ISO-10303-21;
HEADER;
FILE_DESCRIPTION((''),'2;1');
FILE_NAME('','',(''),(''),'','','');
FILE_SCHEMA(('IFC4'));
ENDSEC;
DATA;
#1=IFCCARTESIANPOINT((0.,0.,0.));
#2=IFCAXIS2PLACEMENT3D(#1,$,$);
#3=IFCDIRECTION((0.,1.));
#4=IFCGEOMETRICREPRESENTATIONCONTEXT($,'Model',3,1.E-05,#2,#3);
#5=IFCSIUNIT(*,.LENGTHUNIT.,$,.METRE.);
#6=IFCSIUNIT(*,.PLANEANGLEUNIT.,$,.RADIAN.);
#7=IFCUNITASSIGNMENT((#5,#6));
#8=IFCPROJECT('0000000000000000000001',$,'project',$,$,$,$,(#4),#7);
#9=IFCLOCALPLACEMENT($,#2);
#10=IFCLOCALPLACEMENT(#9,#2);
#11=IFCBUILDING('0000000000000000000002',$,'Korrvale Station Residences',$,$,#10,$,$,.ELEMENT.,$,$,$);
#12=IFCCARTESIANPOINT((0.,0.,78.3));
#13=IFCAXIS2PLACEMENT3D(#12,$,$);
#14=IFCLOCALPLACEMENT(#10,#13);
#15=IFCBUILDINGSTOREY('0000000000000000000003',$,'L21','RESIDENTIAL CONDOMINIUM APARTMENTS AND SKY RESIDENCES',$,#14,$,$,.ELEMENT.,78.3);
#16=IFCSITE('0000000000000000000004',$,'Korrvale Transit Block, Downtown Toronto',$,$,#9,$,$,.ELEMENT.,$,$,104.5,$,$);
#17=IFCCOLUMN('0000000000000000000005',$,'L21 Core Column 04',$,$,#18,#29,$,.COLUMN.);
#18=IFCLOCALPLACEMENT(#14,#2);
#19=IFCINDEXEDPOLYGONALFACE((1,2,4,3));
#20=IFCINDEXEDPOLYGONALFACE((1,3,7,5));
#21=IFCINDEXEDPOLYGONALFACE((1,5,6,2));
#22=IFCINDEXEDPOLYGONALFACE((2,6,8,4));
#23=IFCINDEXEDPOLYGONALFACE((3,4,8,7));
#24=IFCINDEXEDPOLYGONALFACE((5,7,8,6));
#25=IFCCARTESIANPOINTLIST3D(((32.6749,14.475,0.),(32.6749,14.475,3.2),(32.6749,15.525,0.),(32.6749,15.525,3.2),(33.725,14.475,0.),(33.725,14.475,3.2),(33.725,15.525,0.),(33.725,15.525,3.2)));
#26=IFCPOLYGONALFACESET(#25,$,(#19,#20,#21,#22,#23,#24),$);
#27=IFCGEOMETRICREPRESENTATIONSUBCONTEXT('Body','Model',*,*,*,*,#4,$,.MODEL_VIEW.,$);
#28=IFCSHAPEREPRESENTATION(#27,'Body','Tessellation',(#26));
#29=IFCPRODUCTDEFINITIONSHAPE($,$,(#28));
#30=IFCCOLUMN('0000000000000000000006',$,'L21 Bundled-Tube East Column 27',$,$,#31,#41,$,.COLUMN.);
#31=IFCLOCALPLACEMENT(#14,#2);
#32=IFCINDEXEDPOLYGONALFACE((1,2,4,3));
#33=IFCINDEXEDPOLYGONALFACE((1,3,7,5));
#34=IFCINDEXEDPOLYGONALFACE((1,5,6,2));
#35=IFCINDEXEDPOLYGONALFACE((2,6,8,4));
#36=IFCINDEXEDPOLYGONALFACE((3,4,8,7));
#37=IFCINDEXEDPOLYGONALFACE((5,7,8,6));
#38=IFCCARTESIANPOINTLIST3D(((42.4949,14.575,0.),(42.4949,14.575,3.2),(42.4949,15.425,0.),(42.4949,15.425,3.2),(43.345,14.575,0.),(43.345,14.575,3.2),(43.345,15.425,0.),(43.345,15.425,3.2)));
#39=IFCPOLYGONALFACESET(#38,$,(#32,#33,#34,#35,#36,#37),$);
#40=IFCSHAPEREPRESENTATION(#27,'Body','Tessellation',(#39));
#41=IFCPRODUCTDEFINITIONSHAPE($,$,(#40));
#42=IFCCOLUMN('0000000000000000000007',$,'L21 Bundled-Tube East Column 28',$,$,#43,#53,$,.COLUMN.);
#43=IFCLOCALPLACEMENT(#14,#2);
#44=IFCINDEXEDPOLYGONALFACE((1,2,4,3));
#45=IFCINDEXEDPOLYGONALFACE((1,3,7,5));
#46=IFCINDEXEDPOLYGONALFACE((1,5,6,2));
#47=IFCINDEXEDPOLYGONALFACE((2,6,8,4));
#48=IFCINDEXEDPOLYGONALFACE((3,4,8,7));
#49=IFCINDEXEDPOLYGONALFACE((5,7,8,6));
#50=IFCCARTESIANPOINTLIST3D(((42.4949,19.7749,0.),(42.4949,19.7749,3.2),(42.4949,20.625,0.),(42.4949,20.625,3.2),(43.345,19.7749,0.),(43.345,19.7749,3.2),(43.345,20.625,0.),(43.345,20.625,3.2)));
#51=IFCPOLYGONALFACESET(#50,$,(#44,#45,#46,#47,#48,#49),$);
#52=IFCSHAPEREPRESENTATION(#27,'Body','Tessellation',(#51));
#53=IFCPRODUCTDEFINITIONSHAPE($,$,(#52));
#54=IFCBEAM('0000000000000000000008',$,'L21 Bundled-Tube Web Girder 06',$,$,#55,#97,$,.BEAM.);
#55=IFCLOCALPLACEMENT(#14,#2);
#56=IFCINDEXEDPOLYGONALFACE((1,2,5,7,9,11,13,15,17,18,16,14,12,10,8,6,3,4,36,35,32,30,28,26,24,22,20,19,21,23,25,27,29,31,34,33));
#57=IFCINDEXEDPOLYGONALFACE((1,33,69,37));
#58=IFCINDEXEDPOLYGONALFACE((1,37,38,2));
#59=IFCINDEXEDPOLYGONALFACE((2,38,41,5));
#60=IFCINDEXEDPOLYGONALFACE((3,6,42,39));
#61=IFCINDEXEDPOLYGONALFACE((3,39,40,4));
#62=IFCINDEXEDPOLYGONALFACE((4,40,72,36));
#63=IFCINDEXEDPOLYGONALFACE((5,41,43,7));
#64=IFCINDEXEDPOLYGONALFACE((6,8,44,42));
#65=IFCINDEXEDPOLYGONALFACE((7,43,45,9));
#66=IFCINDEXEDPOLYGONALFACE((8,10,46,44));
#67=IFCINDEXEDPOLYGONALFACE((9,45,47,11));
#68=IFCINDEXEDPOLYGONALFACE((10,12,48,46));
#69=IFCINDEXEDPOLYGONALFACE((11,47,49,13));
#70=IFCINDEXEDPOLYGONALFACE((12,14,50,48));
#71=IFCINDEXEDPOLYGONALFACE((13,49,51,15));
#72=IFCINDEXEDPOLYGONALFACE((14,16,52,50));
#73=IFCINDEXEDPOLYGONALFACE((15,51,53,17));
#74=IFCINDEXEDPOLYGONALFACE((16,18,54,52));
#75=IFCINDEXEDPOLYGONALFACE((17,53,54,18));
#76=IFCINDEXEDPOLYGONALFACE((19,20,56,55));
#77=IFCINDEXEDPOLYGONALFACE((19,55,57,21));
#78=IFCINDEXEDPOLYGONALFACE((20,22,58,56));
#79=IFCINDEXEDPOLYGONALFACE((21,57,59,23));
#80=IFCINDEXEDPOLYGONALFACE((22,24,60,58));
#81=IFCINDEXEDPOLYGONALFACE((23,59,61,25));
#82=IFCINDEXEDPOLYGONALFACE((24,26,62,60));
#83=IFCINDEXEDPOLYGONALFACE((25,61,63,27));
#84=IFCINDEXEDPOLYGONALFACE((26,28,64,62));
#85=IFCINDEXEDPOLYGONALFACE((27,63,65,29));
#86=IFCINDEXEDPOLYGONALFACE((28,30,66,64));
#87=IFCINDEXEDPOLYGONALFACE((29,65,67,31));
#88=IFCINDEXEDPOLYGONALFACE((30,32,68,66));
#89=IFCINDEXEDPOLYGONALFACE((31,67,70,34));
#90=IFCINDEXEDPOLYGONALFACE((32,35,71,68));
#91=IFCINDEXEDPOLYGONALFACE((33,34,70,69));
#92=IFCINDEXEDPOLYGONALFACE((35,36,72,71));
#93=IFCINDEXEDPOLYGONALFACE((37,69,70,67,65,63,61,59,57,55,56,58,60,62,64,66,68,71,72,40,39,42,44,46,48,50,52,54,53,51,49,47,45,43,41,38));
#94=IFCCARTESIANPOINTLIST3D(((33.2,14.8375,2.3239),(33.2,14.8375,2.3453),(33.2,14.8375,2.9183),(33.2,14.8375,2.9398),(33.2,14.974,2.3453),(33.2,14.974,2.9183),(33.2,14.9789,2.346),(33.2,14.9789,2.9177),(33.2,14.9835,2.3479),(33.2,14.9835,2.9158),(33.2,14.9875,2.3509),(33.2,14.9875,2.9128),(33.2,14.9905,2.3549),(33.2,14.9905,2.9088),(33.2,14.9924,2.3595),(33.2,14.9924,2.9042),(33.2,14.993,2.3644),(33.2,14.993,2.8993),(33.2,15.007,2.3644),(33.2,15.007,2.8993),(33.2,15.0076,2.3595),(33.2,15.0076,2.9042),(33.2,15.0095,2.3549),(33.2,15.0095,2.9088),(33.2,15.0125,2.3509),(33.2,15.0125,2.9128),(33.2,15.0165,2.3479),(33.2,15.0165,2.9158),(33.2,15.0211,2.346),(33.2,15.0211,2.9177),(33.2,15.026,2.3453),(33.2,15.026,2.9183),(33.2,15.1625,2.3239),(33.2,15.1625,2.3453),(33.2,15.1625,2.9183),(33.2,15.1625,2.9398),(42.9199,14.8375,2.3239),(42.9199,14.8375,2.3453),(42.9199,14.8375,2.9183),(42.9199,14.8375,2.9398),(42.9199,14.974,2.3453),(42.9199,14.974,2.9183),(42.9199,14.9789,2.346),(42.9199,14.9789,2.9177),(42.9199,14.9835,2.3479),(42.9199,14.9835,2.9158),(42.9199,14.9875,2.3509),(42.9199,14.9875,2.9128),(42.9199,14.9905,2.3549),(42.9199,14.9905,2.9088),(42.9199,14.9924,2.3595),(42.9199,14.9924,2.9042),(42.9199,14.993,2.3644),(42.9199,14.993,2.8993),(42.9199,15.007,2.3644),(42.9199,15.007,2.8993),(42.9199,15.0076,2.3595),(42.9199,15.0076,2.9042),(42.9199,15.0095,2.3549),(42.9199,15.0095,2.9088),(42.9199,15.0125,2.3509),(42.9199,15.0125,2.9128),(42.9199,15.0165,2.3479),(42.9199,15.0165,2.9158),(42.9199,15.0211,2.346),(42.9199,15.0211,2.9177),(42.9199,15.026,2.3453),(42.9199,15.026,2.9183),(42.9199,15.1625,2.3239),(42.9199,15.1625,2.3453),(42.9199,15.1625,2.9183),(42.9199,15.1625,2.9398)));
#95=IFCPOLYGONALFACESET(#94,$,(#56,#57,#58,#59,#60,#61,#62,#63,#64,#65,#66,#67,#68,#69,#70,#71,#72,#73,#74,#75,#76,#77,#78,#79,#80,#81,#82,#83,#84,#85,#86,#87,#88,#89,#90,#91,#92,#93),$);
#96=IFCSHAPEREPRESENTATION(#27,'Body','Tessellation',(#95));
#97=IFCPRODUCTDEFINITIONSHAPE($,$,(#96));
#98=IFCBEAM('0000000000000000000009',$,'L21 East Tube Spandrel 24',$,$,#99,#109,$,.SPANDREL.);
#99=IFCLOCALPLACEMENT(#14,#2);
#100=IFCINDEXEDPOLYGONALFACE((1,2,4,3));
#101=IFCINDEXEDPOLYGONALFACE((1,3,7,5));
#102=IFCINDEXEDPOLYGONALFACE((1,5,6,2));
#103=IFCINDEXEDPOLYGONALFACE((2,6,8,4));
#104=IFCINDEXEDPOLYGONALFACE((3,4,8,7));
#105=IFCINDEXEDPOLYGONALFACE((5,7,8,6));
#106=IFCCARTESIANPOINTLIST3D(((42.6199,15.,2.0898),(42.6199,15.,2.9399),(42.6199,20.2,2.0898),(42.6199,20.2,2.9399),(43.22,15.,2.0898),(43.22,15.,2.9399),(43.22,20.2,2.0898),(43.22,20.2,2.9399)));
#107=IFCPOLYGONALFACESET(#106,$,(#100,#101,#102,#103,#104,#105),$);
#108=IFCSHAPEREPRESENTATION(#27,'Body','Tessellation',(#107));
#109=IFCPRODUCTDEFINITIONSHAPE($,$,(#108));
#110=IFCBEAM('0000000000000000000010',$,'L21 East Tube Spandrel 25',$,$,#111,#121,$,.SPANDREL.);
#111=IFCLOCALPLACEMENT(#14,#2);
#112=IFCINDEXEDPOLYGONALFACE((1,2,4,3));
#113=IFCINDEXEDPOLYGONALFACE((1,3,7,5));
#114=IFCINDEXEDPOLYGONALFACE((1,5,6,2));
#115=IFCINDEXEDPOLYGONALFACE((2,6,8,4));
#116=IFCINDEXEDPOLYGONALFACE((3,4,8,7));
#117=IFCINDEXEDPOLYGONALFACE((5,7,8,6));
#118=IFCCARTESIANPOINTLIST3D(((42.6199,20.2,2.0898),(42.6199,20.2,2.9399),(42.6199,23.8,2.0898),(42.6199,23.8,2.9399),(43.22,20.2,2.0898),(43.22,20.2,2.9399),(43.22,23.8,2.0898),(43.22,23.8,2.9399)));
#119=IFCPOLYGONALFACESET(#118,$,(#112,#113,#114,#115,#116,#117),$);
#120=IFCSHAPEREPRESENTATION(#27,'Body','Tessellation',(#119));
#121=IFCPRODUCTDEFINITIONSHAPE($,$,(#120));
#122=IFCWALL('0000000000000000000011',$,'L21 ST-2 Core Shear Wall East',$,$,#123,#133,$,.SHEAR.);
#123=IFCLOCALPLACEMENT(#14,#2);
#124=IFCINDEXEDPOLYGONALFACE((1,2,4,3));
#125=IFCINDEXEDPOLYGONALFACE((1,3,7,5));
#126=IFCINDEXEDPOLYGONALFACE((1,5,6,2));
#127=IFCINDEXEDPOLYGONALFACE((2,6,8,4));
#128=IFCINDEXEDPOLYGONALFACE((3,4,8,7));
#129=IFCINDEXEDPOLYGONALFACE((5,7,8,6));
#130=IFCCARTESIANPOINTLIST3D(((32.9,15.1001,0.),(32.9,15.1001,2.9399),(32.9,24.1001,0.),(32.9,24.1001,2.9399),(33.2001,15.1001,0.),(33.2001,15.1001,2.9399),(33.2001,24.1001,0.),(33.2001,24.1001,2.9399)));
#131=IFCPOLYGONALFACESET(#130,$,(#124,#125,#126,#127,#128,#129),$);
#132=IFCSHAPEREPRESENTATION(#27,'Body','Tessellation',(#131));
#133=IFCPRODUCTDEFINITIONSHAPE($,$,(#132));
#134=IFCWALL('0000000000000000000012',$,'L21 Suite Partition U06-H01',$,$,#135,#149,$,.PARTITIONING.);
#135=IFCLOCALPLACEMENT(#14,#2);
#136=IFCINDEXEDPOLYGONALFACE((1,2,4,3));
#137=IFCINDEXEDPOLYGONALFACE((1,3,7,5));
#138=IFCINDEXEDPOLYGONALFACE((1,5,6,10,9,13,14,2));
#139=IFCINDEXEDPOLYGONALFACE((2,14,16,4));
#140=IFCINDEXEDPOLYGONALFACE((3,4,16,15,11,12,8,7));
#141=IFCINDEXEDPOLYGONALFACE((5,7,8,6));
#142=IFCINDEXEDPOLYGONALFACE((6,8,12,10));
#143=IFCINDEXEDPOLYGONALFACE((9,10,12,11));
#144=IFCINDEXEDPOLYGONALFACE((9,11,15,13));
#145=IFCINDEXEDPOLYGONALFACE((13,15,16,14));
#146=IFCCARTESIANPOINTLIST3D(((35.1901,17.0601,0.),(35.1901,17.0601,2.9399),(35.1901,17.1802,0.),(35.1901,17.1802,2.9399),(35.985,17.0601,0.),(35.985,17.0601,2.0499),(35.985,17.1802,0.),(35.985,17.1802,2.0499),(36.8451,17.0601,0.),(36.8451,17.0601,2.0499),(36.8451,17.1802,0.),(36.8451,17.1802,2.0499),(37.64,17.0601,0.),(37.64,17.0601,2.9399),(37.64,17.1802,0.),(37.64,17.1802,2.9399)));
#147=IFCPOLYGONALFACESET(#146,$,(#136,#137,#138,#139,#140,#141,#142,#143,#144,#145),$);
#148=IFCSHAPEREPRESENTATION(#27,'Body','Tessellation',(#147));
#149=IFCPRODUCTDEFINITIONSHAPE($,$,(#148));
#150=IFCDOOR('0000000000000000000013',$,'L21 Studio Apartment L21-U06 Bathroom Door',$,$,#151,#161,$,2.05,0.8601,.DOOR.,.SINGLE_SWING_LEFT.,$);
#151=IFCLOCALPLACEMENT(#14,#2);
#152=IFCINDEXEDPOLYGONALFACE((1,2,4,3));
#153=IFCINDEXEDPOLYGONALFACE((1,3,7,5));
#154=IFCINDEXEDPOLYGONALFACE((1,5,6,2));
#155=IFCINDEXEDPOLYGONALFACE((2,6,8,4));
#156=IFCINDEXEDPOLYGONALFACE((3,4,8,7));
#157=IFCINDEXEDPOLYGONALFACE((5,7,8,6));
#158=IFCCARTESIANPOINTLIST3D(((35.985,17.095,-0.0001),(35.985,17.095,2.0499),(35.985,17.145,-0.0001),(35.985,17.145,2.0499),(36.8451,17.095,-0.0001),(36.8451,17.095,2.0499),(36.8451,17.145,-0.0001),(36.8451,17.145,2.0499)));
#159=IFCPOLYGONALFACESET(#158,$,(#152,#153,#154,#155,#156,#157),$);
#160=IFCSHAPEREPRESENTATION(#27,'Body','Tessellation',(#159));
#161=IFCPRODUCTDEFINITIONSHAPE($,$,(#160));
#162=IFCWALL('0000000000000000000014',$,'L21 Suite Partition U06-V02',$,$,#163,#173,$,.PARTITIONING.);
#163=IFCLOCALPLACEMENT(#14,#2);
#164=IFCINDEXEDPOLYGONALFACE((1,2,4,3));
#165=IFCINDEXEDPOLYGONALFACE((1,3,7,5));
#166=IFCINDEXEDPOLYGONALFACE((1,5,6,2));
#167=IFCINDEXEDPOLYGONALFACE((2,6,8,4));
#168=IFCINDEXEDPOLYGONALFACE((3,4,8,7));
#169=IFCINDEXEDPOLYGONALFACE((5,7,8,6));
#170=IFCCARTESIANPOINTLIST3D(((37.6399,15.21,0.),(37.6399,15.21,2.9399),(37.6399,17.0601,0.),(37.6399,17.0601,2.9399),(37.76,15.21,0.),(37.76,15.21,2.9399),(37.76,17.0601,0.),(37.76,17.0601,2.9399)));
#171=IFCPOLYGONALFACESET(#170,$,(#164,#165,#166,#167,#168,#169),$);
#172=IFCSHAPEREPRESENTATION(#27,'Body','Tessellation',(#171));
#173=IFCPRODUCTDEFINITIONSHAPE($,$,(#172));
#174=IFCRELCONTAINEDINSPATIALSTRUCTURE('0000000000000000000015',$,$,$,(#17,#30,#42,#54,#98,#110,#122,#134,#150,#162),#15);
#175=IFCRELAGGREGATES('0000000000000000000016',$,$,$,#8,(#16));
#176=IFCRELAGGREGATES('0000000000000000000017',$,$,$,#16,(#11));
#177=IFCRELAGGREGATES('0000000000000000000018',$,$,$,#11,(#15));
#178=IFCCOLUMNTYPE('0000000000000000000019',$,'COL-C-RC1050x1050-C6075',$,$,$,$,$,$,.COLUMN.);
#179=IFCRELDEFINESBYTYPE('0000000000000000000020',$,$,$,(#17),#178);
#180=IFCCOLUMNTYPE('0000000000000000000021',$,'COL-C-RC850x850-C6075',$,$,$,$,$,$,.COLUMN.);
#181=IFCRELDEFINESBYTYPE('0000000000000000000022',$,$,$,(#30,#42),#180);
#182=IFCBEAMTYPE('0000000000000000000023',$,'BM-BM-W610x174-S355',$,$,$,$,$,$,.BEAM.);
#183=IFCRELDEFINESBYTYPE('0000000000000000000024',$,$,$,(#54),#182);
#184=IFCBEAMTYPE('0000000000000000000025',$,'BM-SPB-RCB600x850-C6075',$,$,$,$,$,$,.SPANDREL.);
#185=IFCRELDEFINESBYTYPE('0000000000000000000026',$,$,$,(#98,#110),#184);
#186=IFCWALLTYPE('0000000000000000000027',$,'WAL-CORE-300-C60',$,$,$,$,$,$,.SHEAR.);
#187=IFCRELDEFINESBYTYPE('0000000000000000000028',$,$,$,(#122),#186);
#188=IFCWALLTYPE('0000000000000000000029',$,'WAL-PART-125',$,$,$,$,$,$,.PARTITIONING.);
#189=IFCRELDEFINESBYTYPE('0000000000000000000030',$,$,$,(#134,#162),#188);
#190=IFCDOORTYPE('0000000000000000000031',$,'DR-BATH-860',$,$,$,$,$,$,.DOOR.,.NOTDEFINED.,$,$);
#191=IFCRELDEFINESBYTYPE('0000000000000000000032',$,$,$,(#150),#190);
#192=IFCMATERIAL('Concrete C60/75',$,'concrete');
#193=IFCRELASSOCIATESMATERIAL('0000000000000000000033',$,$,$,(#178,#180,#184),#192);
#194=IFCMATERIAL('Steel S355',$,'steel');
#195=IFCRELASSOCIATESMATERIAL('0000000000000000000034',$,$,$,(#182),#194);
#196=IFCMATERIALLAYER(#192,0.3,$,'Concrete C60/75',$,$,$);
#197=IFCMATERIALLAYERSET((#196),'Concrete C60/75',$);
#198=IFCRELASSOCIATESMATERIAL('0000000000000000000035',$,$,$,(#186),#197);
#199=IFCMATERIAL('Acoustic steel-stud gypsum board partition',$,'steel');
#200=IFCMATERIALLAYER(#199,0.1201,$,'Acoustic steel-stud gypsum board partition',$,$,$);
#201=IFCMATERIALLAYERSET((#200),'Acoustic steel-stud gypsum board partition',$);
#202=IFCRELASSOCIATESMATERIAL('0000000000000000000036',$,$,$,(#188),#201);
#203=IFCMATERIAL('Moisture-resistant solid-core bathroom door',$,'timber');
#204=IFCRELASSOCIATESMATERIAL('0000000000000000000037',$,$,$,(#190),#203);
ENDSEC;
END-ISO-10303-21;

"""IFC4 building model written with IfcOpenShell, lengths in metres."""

from ifc_helpers import new_model, si_unit, direction, frame, frame_2d, origin, origin_2d, place, context, subcontext, project, spatial, rectangle, i_section, extrude, material, layer, layer_set, material_profile, profile_set, type_object, element, fill, save


model = new_model("IFC4")

# Units and contexts
model_context = context("Model", 3, precision=1e-05, world=origin(), true_north=direction((0.0, 1.0)))
body_context = subcontext(model_context, "Body", "Model", "MODEL_VIEW")
ifc_project = project(units=[si_unit("LENGTHUNIT", "METRE"), si_unit("PLANEANGLEUNIT", "RADIAN")], contexts=[model_context])

# Site, building, storey
site_placement = place(None, origin())
site = spatial("IfcSite", under=ifc_project, at=site_placement, Name="Korrvale Transit Block, Downtown Toronto", CompositionType="ELEMENT", RefElevation=104.5)
building_placement = place(site_placement, origin())
building = spatial("IfcBuilding", under=site, at=building_placement, Name="Korrvale Station Residences", CompositionType="ELEMENT")
storey_placement = place(building_placement, frame((0.0, 0.0, 78.3)))
storey = spatial("IfcBuildingStorey", under=building, at=storey_placement, Name="L21", Description="RESIDENTIAL CONDOMINIUM APARTMENTS AND SKY RESIDENCES", CompositionType="ELEMENT", Elevation=78.3)

# Columns
ifc_material_1 = material(Name="Concrete C60/75", Category="concrete")
ifc_material_profile_1 = material_profile(ifc_material_1, rectangle(XDim=1.05, YDim=1.05, at=origin_2d()), Name="RC1050x1050")
ifc_profile_set_1 = profile_set([ifc_material_profile_1], Name="Concrete C60/75")
column_type_1 = type_object("IfcColumnType", Name="COL-C-RC1050x1050-C6075", PredefinedType="COLUMN", material=ifc_profile_set_1)
column_placement = place(storey_placement, frame((33.2, 15.0, 0.0), z_axis=(0.0, 0.0, 1.0), x_axis=(1.0, 0.0, 0.0)))
element("IfcColumn", 1, at=column_placement, inside=storey, type_object=column_type_1, Name="L21 Core Column 04", PredefinedType="COLUMN", context=body_context, shape_type="SweptSolid", body=[
    extrude(rectangle(XDim=1.05, YDim=1.05, at=origin_2d()), origin(), (0.0, 0.0, 1.0), 3.2),
])
ifc_material_profile_2 = material_profile(ifc_material_1, rectangle(XDim=0.8501, YDim=0.8501, at=origin_2d()), Name="RC850x850")
ifc_profile_set_2 = profile_set([ifc_material_profile_2], Name="Concrete C60/75")
column_type_2 = type_object("IfcColumnType", Name="COL-C-RC850x850-C6075", PredefinedType="COLUMN", material=ifc_profile_set_2)
for number, where, z_axis, x_axis, name in (
    (2, (42.9199, 15.0, 0.0), (0.0, 0.0, 1.0), (1.0, 0.0, 0.0), "L21 Bundled-Tube East Column 27"),
    (3, (42.9199, 20.2, 0.0), (0.0, 0.0, 1.0), (1.0, 0.0, 0.0), "L21 Bundled-Tube East Column 28"),
):
    element("IfcColumn", number, at=place(storey_placement, frame(where, z_axis=z_axis, x_axis=x_axis)), inside=storey, type_object=column_type_2, Name=name, PredefinedType="COLUMN", context=body_context, shape_type="SweptSolid", body=[
        extrude(rectangle(XDim=0.8501, YDim=0.8501, at=origin_2d()), origin(), (0.0, 0.0, 1.0), 3.2),
    ])

# Beams
ifc_material_2 = material(Name="Steel S355", Category="steel")
ifc_material_profile_3 = material_profile(ifc_material_2, i_section(OverallWidth=0.325, OverallDepth=0.616, WebThickness=0.0139, FlangeThickness=0.0215, FilletRadius=0.019, at=origin_2d()), Name="W610x174")
ifc_profile_set_3 = profile_set([ifc_material_profile_3], Name="Steel S355")
beam_type_1 = type_object("IfcBeamType", Name="BM-BM-W610x174-S355", PredefinedType="BEAM", material=ifc_profile_set_3)
beam_1_placement = place(storey_placement, frame((33.2, 15.0, 2.6318), z_axis=(1.0, 0.0, 0.0), x_axis=(0.0, 1.0, 0.0)))
element("IfcBeam", 4, at=beam_1_placement, inside=storey, type_object=beam_type_1, Name="L21 Bundled-Tube Web Girder 06", PredefinedType="BEAM", context=body_context, shape_type="SweptSolid", body=[
    extrude(i_section(OverallWidth=0.325, OverallDepth=0.616, WebThickness=0.0139, FlangeThickness=0.0215, FilletRadius=0.019, at=origin_2d()), origin(), (0.0, 0.0, 1.0), 9.72),
])
ifc_material_profile_4 = material_profile(ifc_material_1, rectangle(XDim=0.6001, YDim=0.8501, at=origin_2d()), Name="RCB600x850")
ifc_profile_set_4 = profile_set([ifc_material_profile_4], Name="Concrete C60/75")
beam_type_2 = type_object("IfcBeamType", Name="BM-SPB-RCB600x850-C6075", PredefinedType="SPANDREL", material=ifc_profile_set_4)
beam_2_placement = place(storey_placement, frame((42.9199, 15.0, 2.5149), z_axis=(0.0, 1.0, 0.0), x_axis=(-1.0, 0.0, 0.0)))
element("IfcBeam", 5, at=beam_2_placement, inside=storey, type_object=beam_type_2, Name="L21 East Tube Spandrel 24", PredefinedType="SPANDREL", context=body_context, shape_type="SweptSolid", body=[
    extrude(rectangle(XDim=0.6001, YDim=0.8501, at=origin_2d()), origin(), (0.0, 0.0, 1.0), 5.2),
])
beam_3_placement = place(storey_placement, frame((42.9199, 20.2, 2.5149), z_axis=(0.0, 1.0, 0.0), x_axis=(-1.0, 0.0, 0.0)))
element("IfcBeam", 6, at=beam_3_placement, inside=storey, type_object=beam_type_2, Name="L21 East Tube Spandrel 25", PredefinedType="SPANDREL", context=body_context, shape_type="SweptSolid", body=[
    extrude(rectangle(XDim=0.6001, YDim=0.8501, at=origin_2d()), origin(), (0.0, 0.0, 1.0), 3.6001),
])

# Wall
ifc_layer_1 = layer(ifc_material_1, 0.3, Name="Concrete C60/75")
ifc_layer_set_1 = layer_set([ifc_layer_1], Name="Concrete C60/75")
wall_type_1 = type_object("IfcWallType", Name="WAL-CORE-300-C60", PredefinedType="SHEAR", material=ifc_layer_set_1)
wall_1_placement = place(storey_placement, frame((33.05, 15.1001, 0.0), z_axis=(0.0, 0.0, 1.0), x_axis=(0.0, 1.0, 0.0)))
element("IfcWall", 7, at=wall_1_placement, inside=storey, type_object=wall_type_1, Name="L21 ST-2 Core Shear Wall East", PredefinedType="SHEAR", context=body_context, shape_type="SweptSolid", body=[
    extrude(rectangle(XDim=9.0, YDim=0.3, at=frame_2d((4.5, 0.0))), origin(), (0.0, 0.0, 1.0), 2.9399),
])

# Wall, opening, door
ifc_material_3 = material(Name="Acoustic steel-stud gypsum board partition", Category="steel")
ifc_layer_2 = layer(ifc_material_3, 0.1201, Name="Acoustic steel-stud gypsum board partition")
ifc_layer_set_2 = layer_set([ifc_layer_2], Name="Acoustic steel-stud gypsum board partition")
wall_type_2 = type_object("IfcWallType", Name="WAL-PART-125", PredefinedType="PARTITIONING", material=ifc_layer_set_2)
wall_2_placement = place(storey_placement, frame((35.1899, 17.1201, 0.0), z_axis=(0.0, 0.0, 1.0), x_axis=(1.0, 0.0, 0.0)))
wall_2 = element("IfcWall", 8, at=wall_2_placement, inside=storey, type_object=wall_type_2, Name="L21 Suite Partition U06-H01", PredefinedType="PARTITIONING", context=body_context, shape_type="SweptSolid", body=[
    extrude(rectangle(XDim=2.45, YDim=0.1201, at=frame_2d((1.2251, 0.0))), origin(), (0.0, 0.0, 1.0), 2.9399),
])
opening_1_placement = place(wall_2_placement, frame((0.7949, 0.0, 0.0)))
opening_1 = element("IfcOpeningElement", 9, at=opening_1_placement, cuts=wall_2, PredefinedType="OPENING", context=body_context, shape_type="SweptSolid", body=[
    extrude(rectangle(XDim=0.8601, YDim=2.05, at=frame_2d((0.4302, 1.0249))), frame((0.0, 0.0701, 0.0), z_axis=(0.0, -1.0, 0.0), x_axis=(1.0, 0.0, 0.0)), (0.0, 0.0, 1.0), 0.1401),
])
ifc_material_4 = material(Name="Moisture-resistant solid-core bathroom door", Category="timber")
door_type_1 = type_object("IfcDoorType", Name="DR-BATH-860", OperationType="NOTDEFINED", PredefinedType="DOOR", material=ifc_material_4)
door_1_placement = place(opening_1_placement, origin())
door_1 = element("IfcDoor", 10, at=door_1_placement, inside=storey, type_object=door_type_1, Name="L21 Studio Apartment L21-U06 Bathroom Door", OperationType="SINGLE_SWING_LEFT", OverallHeight=2.05, OverallWidth=0.8601, PredefinedType="DOOR", context=body_context, shape_type="SweptSolid", body=[
    extrude(rectangle(XDim=0.8601, YDim=2.05, at=frame_2d((0.4302, 1.0249))), frame((0.0, 0.0249, 0.0), z_axis=(0.0, -1.0, 0.0), x_axis=(1.0, 0.0, 0.0)), (0.0, 0.0, 1.0), 0.05),
])
fill(opening_1, door_1)

# Wall
wall_3_placement = place(storey_placement, frame((37.7, 15.21, 0.0), z_axis=(0.0, 0.0, 1.0), x_axis=(0.0, 1.0, 0.0)))
element("IfcWall", 11, at=wall_3_placement, inside=storey, type_object=wall_type_2, Name="L21 Suite Partition U06-V02", PredefinedType="PARTITIONING", context=body_context, shape_type="SweptSolid", body=[
    extrude(rectangle(XDim=1.8501, YDim=0.1201, at=frame_2d((0.925, 0.0))), origin(), (0.0, 0.0, 1.0), 2.9399),
])

save(model, "model.ifc")
